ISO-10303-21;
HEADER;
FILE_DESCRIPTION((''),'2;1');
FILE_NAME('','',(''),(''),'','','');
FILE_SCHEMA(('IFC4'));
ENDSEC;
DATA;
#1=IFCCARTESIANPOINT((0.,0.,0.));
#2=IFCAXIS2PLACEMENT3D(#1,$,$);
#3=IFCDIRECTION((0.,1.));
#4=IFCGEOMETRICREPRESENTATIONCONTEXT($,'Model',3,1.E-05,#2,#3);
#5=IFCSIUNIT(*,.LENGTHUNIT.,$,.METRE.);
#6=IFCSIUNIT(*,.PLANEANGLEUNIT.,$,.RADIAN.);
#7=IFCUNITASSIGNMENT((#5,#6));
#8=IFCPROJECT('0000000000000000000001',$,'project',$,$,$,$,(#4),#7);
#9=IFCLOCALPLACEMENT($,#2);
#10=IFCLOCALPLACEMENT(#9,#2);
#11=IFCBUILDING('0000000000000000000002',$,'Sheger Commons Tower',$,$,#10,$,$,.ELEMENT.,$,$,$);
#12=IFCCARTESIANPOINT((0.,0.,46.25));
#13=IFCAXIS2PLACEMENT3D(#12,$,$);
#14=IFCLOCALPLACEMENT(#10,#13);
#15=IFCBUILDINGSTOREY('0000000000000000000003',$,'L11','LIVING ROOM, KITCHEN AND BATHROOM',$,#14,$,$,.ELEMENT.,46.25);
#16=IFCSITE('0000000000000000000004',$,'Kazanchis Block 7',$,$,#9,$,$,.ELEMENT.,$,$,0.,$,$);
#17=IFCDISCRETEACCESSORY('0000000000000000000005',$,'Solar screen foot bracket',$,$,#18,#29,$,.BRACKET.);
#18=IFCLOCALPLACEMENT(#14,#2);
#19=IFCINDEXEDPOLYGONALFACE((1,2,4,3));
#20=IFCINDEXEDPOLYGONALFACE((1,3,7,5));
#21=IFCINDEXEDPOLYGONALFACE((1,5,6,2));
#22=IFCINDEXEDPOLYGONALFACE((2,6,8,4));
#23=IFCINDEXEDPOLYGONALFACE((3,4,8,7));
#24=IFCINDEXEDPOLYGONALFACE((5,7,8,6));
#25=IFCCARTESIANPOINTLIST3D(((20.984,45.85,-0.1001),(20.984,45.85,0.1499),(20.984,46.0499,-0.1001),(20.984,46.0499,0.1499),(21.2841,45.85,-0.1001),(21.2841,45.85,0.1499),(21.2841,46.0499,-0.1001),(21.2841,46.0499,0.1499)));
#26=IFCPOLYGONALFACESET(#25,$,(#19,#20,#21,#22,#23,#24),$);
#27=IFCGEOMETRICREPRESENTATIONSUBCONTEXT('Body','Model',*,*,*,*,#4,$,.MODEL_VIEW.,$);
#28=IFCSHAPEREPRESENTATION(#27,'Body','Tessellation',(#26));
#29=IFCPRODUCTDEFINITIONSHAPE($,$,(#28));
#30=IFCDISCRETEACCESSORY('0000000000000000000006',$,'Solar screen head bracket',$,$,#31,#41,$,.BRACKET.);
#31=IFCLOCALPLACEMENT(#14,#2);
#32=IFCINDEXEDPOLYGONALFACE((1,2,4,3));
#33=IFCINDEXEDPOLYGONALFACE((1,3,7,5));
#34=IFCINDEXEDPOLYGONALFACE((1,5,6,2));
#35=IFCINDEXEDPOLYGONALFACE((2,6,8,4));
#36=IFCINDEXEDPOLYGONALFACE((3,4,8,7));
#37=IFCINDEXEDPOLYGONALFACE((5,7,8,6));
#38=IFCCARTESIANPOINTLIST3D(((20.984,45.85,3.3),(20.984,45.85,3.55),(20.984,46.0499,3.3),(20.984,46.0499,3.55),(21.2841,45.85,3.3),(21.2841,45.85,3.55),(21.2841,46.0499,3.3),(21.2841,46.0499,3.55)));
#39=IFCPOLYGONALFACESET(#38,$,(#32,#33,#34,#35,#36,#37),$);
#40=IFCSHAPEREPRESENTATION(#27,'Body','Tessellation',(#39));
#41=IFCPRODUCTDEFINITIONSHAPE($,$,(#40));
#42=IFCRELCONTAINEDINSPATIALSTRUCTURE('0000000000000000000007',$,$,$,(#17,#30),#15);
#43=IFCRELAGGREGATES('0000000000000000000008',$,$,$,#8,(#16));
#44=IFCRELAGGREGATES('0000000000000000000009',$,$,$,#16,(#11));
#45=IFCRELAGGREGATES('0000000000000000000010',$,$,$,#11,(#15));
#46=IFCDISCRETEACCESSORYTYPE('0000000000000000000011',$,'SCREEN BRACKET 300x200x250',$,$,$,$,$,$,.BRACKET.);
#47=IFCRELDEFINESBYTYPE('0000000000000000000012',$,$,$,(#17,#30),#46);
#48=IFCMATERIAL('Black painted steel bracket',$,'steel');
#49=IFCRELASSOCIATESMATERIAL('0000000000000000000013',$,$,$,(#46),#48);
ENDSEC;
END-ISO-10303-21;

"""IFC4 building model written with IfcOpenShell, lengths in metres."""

from ifc_helpers import new_model, si_unit, direction, frame, origin, origin_2d, place, context, subcontext, project, spatial, rectangle, extrude, material, type_object, element, save


model = new_model("IFC4")

# Units and contexts
model_context = context("Model", 3, precision=1e-05, world=origin(), true_north=direction((0.0, 1.0)))
body_context = subcontext(model_context, "Body", "Model", "MODEL_VIEW")
ifc_project = project(units=[si_unit("LENGTHUNIT", "METRE"), si_unit("PLANEANGLEUNIT", "RADIAN")], contexts=[model_context])

# Site, building, storey
site_placement = place(None, origin())
site = spatial("IfcSite", under=ifc_project, at=site_placement, Name="Kazanchis Block 7", CompositionType="ELEMENT", RefElevation=0.0)
building_placement = place(site_placement, origin())
building = spatial("IfcBuilding", under=site, at=building_placement, Name="Sheger Commons Tower", CompositionType="ELEMENT")
storey_placement = place(building_placement, frame((0.0, 0.0, 46.25)))
storey = spatial("IfcBuildingStorey", under=building, at=storey_placement, Name="L11", Description="LIVING ROOM, KITCHEN AND BATHROOM", CompositionType="ELEMENT", Elevation=46.25)

# Discrete accessories
ifc_material_1 = material(Name="Black painted steel bracket", Category="steel")
discrete_accessory_type = type_object("IfcDiscreteAccessoryType", Name="SCREEN BRACKET 300x200x250", PredefinedType="BRACKET", material=ifc_material_1)
for number, where, z_axis, x_axis, name in (
    (1, (21.134, 45.95, -0.1001), (0.0, 0.0, 1.0), (-1.0, 0.0, 0.0), "Solar screen foot bracket"),
    (2, (21.134, 45.95, 3.3), (0.0, 0.0, 1.0), (-1.0, 0.0, 0.0), "Solar screen head bracket"),
):
    element("IfcDiscreteAccessory", number, at=place(storey_placement, frame(where, z_axis=z_axis, x_axis=x_axis)), inside=storey, type_object=discrete_accessory_type, Name=name, PredefinedType="BRACKET", context=body_context, shape_type="SweptSolid", body=[
        extrude(rectangle(XDim=0.3, YDim=0.2, at=origin_2d()), origin(), (0.0, 0.0, 1.0), 0.25),
    ])

save(model, "model.ifc")
